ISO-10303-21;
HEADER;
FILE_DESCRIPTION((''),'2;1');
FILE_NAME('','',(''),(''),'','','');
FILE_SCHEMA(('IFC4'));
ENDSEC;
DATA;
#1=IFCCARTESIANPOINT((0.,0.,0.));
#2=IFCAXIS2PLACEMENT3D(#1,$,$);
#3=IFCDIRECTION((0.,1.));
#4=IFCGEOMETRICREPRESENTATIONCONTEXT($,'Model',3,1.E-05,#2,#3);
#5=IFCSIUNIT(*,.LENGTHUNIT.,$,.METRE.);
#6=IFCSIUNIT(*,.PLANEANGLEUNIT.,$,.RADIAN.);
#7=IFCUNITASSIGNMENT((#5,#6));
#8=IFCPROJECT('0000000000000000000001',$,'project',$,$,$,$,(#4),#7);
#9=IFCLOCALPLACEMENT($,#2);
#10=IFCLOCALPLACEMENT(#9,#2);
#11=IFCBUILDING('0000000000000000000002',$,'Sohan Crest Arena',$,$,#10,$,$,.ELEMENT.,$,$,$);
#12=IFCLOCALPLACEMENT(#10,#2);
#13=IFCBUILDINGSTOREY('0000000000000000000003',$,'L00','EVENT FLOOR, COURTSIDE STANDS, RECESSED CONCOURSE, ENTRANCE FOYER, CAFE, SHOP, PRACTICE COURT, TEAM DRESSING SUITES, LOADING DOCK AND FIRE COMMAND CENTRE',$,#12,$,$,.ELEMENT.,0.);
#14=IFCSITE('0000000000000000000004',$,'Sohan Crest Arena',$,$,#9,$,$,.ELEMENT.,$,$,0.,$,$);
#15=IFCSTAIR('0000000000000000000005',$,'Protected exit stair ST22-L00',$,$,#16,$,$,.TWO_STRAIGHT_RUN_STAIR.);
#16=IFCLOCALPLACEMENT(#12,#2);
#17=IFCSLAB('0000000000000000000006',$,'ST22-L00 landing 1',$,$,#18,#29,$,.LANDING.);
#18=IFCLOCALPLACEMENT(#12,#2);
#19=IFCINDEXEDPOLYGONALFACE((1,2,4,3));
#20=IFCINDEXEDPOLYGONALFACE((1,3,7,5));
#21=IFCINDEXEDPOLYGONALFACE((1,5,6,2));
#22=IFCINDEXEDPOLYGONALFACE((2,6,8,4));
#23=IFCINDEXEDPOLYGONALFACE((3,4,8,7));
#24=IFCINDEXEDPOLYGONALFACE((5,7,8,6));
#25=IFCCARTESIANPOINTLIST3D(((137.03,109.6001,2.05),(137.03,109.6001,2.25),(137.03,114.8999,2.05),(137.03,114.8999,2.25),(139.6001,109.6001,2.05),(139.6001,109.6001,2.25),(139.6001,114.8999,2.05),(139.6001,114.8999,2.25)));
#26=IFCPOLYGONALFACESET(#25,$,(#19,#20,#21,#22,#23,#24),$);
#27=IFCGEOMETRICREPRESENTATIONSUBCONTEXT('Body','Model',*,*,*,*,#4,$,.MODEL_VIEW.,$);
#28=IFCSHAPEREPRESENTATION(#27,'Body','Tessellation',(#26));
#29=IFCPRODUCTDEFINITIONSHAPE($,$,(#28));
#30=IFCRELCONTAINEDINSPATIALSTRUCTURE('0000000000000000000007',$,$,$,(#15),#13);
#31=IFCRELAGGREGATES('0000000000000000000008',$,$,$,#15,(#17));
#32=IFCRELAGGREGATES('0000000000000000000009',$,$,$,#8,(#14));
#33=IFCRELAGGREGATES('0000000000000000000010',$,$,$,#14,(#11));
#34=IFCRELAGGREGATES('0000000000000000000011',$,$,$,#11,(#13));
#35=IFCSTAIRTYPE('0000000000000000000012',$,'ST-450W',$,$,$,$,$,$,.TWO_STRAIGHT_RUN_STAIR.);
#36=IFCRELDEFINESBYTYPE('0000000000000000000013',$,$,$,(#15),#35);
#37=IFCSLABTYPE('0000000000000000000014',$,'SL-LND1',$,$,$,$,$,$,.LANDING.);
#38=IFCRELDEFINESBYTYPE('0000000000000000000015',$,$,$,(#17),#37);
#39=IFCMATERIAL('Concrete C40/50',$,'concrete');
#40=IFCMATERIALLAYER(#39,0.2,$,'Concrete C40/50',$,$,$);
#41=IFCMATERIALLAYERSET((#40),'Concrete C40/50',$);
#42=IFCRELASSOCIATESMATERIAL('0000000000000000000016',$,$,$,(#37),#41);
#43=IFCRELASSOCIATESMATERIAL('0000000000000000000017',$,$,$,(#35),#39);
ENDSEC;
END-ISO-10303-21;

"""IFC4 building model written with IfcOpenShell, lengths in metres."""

from ifc_helpers import new_model, si_unit, direction, frame, origin, place, context, subcontext, project, spatial, polyline, outline, extrude, material, layer, layer_set, type_object, element, aggregate, save


model = new_model("IFC4")

# Units and contexts
model_context = context("Model", 3, precision=1e-05, world=origin(), true_north=direction((0.0, 1.0)))
body_context = subcontext(model_context, "Body", "Model", "MODEL_VIEW")
ifc_project = project(units=[si_unit("LENGTHUNIT", "METRE"), si_unit("PLANEANGLEUNIT", "RADIAN")], contexts=[model_context])

# Site, building, storey
site_placement = place(None, origin())
site = spatial("IfcSite", under=ifc_project, at=site_placement, Name="Sohan Crest Arena", CompositionType="ELEMENT", RefElevation=0.0)
building_placement = place(site_placement, origin())
building = spatial("IfcBuilding", under=site, at=building_placement, Name="Sohan Crest Arena", CompositionType="ELEMENT")
storey_placement = place(building_placement, origin())
storey = spatial("IfcBuildingStorey", under=building, at=storey_placement, Name="L00", Description="EVENT FLOOR, COURTSIDE STANDS, RECESSED CONCOURSE, ENTRANCE FOYER, CAFE, SHOP, PRACTICE COURT, TEAM DRESSING SUITES, LOADING DOCK AND FIRE COMMAND CENTRE", CompositionType="ELEMENT", Elevation=0.0)

# Stair, slab
ifc_material_1 = material(Name="Concrete C40/50", Category="concrete")
ifc_layer_1 = layer(ifc_material_1, 0.2, Name="Concrete C40/50")
ifc_layer_set_1 = layer_set([ifc_layer_1], Name="Concrete C40/50")
slab_type = type_object("IfcSlabType", Name="SL-LND1", PredefinedType="LANDING", material=ifc_layer_set_1)
stair_type_1 = type_object("IfcStairType", Name="ST-450W", PredefinedType="TWO_STRAIGHT_RUN_STAIR", material=ifc_material_1)
stair_1_placement = place(storey_placement, origin())
stair_1 = element("IfcStair", 1, at=stair_1_placement, inside=storey, type_object=stair_type_1, Name="Protected exit stair ST22-L00", PredefinedType="TWO_STRAIGHT_RUN_STAIR")
slab_1_placement = place(storey_placement, frame((0.0, 0.0, 2.05)))
slab_1 = element("IfcSlab", 2, at=slab_1_placement, type_object=slab_type, Name="ST22-L00 landing 1", PredefinedType="LANDING", context=body_context, shape_type="SweptSolid", body=[
    extrude(outline(polyline([(137.03, 109.6001), (139.6001, 109.6001), (139.6001, 114.8999), (137.03, 114.8999), (137.03, 109.6001)])), origin(), (0.0, 0.0, 1.0), 0.2),
])
aggregate(stair_1, [slab_1])

save(model, "model.ifc")
